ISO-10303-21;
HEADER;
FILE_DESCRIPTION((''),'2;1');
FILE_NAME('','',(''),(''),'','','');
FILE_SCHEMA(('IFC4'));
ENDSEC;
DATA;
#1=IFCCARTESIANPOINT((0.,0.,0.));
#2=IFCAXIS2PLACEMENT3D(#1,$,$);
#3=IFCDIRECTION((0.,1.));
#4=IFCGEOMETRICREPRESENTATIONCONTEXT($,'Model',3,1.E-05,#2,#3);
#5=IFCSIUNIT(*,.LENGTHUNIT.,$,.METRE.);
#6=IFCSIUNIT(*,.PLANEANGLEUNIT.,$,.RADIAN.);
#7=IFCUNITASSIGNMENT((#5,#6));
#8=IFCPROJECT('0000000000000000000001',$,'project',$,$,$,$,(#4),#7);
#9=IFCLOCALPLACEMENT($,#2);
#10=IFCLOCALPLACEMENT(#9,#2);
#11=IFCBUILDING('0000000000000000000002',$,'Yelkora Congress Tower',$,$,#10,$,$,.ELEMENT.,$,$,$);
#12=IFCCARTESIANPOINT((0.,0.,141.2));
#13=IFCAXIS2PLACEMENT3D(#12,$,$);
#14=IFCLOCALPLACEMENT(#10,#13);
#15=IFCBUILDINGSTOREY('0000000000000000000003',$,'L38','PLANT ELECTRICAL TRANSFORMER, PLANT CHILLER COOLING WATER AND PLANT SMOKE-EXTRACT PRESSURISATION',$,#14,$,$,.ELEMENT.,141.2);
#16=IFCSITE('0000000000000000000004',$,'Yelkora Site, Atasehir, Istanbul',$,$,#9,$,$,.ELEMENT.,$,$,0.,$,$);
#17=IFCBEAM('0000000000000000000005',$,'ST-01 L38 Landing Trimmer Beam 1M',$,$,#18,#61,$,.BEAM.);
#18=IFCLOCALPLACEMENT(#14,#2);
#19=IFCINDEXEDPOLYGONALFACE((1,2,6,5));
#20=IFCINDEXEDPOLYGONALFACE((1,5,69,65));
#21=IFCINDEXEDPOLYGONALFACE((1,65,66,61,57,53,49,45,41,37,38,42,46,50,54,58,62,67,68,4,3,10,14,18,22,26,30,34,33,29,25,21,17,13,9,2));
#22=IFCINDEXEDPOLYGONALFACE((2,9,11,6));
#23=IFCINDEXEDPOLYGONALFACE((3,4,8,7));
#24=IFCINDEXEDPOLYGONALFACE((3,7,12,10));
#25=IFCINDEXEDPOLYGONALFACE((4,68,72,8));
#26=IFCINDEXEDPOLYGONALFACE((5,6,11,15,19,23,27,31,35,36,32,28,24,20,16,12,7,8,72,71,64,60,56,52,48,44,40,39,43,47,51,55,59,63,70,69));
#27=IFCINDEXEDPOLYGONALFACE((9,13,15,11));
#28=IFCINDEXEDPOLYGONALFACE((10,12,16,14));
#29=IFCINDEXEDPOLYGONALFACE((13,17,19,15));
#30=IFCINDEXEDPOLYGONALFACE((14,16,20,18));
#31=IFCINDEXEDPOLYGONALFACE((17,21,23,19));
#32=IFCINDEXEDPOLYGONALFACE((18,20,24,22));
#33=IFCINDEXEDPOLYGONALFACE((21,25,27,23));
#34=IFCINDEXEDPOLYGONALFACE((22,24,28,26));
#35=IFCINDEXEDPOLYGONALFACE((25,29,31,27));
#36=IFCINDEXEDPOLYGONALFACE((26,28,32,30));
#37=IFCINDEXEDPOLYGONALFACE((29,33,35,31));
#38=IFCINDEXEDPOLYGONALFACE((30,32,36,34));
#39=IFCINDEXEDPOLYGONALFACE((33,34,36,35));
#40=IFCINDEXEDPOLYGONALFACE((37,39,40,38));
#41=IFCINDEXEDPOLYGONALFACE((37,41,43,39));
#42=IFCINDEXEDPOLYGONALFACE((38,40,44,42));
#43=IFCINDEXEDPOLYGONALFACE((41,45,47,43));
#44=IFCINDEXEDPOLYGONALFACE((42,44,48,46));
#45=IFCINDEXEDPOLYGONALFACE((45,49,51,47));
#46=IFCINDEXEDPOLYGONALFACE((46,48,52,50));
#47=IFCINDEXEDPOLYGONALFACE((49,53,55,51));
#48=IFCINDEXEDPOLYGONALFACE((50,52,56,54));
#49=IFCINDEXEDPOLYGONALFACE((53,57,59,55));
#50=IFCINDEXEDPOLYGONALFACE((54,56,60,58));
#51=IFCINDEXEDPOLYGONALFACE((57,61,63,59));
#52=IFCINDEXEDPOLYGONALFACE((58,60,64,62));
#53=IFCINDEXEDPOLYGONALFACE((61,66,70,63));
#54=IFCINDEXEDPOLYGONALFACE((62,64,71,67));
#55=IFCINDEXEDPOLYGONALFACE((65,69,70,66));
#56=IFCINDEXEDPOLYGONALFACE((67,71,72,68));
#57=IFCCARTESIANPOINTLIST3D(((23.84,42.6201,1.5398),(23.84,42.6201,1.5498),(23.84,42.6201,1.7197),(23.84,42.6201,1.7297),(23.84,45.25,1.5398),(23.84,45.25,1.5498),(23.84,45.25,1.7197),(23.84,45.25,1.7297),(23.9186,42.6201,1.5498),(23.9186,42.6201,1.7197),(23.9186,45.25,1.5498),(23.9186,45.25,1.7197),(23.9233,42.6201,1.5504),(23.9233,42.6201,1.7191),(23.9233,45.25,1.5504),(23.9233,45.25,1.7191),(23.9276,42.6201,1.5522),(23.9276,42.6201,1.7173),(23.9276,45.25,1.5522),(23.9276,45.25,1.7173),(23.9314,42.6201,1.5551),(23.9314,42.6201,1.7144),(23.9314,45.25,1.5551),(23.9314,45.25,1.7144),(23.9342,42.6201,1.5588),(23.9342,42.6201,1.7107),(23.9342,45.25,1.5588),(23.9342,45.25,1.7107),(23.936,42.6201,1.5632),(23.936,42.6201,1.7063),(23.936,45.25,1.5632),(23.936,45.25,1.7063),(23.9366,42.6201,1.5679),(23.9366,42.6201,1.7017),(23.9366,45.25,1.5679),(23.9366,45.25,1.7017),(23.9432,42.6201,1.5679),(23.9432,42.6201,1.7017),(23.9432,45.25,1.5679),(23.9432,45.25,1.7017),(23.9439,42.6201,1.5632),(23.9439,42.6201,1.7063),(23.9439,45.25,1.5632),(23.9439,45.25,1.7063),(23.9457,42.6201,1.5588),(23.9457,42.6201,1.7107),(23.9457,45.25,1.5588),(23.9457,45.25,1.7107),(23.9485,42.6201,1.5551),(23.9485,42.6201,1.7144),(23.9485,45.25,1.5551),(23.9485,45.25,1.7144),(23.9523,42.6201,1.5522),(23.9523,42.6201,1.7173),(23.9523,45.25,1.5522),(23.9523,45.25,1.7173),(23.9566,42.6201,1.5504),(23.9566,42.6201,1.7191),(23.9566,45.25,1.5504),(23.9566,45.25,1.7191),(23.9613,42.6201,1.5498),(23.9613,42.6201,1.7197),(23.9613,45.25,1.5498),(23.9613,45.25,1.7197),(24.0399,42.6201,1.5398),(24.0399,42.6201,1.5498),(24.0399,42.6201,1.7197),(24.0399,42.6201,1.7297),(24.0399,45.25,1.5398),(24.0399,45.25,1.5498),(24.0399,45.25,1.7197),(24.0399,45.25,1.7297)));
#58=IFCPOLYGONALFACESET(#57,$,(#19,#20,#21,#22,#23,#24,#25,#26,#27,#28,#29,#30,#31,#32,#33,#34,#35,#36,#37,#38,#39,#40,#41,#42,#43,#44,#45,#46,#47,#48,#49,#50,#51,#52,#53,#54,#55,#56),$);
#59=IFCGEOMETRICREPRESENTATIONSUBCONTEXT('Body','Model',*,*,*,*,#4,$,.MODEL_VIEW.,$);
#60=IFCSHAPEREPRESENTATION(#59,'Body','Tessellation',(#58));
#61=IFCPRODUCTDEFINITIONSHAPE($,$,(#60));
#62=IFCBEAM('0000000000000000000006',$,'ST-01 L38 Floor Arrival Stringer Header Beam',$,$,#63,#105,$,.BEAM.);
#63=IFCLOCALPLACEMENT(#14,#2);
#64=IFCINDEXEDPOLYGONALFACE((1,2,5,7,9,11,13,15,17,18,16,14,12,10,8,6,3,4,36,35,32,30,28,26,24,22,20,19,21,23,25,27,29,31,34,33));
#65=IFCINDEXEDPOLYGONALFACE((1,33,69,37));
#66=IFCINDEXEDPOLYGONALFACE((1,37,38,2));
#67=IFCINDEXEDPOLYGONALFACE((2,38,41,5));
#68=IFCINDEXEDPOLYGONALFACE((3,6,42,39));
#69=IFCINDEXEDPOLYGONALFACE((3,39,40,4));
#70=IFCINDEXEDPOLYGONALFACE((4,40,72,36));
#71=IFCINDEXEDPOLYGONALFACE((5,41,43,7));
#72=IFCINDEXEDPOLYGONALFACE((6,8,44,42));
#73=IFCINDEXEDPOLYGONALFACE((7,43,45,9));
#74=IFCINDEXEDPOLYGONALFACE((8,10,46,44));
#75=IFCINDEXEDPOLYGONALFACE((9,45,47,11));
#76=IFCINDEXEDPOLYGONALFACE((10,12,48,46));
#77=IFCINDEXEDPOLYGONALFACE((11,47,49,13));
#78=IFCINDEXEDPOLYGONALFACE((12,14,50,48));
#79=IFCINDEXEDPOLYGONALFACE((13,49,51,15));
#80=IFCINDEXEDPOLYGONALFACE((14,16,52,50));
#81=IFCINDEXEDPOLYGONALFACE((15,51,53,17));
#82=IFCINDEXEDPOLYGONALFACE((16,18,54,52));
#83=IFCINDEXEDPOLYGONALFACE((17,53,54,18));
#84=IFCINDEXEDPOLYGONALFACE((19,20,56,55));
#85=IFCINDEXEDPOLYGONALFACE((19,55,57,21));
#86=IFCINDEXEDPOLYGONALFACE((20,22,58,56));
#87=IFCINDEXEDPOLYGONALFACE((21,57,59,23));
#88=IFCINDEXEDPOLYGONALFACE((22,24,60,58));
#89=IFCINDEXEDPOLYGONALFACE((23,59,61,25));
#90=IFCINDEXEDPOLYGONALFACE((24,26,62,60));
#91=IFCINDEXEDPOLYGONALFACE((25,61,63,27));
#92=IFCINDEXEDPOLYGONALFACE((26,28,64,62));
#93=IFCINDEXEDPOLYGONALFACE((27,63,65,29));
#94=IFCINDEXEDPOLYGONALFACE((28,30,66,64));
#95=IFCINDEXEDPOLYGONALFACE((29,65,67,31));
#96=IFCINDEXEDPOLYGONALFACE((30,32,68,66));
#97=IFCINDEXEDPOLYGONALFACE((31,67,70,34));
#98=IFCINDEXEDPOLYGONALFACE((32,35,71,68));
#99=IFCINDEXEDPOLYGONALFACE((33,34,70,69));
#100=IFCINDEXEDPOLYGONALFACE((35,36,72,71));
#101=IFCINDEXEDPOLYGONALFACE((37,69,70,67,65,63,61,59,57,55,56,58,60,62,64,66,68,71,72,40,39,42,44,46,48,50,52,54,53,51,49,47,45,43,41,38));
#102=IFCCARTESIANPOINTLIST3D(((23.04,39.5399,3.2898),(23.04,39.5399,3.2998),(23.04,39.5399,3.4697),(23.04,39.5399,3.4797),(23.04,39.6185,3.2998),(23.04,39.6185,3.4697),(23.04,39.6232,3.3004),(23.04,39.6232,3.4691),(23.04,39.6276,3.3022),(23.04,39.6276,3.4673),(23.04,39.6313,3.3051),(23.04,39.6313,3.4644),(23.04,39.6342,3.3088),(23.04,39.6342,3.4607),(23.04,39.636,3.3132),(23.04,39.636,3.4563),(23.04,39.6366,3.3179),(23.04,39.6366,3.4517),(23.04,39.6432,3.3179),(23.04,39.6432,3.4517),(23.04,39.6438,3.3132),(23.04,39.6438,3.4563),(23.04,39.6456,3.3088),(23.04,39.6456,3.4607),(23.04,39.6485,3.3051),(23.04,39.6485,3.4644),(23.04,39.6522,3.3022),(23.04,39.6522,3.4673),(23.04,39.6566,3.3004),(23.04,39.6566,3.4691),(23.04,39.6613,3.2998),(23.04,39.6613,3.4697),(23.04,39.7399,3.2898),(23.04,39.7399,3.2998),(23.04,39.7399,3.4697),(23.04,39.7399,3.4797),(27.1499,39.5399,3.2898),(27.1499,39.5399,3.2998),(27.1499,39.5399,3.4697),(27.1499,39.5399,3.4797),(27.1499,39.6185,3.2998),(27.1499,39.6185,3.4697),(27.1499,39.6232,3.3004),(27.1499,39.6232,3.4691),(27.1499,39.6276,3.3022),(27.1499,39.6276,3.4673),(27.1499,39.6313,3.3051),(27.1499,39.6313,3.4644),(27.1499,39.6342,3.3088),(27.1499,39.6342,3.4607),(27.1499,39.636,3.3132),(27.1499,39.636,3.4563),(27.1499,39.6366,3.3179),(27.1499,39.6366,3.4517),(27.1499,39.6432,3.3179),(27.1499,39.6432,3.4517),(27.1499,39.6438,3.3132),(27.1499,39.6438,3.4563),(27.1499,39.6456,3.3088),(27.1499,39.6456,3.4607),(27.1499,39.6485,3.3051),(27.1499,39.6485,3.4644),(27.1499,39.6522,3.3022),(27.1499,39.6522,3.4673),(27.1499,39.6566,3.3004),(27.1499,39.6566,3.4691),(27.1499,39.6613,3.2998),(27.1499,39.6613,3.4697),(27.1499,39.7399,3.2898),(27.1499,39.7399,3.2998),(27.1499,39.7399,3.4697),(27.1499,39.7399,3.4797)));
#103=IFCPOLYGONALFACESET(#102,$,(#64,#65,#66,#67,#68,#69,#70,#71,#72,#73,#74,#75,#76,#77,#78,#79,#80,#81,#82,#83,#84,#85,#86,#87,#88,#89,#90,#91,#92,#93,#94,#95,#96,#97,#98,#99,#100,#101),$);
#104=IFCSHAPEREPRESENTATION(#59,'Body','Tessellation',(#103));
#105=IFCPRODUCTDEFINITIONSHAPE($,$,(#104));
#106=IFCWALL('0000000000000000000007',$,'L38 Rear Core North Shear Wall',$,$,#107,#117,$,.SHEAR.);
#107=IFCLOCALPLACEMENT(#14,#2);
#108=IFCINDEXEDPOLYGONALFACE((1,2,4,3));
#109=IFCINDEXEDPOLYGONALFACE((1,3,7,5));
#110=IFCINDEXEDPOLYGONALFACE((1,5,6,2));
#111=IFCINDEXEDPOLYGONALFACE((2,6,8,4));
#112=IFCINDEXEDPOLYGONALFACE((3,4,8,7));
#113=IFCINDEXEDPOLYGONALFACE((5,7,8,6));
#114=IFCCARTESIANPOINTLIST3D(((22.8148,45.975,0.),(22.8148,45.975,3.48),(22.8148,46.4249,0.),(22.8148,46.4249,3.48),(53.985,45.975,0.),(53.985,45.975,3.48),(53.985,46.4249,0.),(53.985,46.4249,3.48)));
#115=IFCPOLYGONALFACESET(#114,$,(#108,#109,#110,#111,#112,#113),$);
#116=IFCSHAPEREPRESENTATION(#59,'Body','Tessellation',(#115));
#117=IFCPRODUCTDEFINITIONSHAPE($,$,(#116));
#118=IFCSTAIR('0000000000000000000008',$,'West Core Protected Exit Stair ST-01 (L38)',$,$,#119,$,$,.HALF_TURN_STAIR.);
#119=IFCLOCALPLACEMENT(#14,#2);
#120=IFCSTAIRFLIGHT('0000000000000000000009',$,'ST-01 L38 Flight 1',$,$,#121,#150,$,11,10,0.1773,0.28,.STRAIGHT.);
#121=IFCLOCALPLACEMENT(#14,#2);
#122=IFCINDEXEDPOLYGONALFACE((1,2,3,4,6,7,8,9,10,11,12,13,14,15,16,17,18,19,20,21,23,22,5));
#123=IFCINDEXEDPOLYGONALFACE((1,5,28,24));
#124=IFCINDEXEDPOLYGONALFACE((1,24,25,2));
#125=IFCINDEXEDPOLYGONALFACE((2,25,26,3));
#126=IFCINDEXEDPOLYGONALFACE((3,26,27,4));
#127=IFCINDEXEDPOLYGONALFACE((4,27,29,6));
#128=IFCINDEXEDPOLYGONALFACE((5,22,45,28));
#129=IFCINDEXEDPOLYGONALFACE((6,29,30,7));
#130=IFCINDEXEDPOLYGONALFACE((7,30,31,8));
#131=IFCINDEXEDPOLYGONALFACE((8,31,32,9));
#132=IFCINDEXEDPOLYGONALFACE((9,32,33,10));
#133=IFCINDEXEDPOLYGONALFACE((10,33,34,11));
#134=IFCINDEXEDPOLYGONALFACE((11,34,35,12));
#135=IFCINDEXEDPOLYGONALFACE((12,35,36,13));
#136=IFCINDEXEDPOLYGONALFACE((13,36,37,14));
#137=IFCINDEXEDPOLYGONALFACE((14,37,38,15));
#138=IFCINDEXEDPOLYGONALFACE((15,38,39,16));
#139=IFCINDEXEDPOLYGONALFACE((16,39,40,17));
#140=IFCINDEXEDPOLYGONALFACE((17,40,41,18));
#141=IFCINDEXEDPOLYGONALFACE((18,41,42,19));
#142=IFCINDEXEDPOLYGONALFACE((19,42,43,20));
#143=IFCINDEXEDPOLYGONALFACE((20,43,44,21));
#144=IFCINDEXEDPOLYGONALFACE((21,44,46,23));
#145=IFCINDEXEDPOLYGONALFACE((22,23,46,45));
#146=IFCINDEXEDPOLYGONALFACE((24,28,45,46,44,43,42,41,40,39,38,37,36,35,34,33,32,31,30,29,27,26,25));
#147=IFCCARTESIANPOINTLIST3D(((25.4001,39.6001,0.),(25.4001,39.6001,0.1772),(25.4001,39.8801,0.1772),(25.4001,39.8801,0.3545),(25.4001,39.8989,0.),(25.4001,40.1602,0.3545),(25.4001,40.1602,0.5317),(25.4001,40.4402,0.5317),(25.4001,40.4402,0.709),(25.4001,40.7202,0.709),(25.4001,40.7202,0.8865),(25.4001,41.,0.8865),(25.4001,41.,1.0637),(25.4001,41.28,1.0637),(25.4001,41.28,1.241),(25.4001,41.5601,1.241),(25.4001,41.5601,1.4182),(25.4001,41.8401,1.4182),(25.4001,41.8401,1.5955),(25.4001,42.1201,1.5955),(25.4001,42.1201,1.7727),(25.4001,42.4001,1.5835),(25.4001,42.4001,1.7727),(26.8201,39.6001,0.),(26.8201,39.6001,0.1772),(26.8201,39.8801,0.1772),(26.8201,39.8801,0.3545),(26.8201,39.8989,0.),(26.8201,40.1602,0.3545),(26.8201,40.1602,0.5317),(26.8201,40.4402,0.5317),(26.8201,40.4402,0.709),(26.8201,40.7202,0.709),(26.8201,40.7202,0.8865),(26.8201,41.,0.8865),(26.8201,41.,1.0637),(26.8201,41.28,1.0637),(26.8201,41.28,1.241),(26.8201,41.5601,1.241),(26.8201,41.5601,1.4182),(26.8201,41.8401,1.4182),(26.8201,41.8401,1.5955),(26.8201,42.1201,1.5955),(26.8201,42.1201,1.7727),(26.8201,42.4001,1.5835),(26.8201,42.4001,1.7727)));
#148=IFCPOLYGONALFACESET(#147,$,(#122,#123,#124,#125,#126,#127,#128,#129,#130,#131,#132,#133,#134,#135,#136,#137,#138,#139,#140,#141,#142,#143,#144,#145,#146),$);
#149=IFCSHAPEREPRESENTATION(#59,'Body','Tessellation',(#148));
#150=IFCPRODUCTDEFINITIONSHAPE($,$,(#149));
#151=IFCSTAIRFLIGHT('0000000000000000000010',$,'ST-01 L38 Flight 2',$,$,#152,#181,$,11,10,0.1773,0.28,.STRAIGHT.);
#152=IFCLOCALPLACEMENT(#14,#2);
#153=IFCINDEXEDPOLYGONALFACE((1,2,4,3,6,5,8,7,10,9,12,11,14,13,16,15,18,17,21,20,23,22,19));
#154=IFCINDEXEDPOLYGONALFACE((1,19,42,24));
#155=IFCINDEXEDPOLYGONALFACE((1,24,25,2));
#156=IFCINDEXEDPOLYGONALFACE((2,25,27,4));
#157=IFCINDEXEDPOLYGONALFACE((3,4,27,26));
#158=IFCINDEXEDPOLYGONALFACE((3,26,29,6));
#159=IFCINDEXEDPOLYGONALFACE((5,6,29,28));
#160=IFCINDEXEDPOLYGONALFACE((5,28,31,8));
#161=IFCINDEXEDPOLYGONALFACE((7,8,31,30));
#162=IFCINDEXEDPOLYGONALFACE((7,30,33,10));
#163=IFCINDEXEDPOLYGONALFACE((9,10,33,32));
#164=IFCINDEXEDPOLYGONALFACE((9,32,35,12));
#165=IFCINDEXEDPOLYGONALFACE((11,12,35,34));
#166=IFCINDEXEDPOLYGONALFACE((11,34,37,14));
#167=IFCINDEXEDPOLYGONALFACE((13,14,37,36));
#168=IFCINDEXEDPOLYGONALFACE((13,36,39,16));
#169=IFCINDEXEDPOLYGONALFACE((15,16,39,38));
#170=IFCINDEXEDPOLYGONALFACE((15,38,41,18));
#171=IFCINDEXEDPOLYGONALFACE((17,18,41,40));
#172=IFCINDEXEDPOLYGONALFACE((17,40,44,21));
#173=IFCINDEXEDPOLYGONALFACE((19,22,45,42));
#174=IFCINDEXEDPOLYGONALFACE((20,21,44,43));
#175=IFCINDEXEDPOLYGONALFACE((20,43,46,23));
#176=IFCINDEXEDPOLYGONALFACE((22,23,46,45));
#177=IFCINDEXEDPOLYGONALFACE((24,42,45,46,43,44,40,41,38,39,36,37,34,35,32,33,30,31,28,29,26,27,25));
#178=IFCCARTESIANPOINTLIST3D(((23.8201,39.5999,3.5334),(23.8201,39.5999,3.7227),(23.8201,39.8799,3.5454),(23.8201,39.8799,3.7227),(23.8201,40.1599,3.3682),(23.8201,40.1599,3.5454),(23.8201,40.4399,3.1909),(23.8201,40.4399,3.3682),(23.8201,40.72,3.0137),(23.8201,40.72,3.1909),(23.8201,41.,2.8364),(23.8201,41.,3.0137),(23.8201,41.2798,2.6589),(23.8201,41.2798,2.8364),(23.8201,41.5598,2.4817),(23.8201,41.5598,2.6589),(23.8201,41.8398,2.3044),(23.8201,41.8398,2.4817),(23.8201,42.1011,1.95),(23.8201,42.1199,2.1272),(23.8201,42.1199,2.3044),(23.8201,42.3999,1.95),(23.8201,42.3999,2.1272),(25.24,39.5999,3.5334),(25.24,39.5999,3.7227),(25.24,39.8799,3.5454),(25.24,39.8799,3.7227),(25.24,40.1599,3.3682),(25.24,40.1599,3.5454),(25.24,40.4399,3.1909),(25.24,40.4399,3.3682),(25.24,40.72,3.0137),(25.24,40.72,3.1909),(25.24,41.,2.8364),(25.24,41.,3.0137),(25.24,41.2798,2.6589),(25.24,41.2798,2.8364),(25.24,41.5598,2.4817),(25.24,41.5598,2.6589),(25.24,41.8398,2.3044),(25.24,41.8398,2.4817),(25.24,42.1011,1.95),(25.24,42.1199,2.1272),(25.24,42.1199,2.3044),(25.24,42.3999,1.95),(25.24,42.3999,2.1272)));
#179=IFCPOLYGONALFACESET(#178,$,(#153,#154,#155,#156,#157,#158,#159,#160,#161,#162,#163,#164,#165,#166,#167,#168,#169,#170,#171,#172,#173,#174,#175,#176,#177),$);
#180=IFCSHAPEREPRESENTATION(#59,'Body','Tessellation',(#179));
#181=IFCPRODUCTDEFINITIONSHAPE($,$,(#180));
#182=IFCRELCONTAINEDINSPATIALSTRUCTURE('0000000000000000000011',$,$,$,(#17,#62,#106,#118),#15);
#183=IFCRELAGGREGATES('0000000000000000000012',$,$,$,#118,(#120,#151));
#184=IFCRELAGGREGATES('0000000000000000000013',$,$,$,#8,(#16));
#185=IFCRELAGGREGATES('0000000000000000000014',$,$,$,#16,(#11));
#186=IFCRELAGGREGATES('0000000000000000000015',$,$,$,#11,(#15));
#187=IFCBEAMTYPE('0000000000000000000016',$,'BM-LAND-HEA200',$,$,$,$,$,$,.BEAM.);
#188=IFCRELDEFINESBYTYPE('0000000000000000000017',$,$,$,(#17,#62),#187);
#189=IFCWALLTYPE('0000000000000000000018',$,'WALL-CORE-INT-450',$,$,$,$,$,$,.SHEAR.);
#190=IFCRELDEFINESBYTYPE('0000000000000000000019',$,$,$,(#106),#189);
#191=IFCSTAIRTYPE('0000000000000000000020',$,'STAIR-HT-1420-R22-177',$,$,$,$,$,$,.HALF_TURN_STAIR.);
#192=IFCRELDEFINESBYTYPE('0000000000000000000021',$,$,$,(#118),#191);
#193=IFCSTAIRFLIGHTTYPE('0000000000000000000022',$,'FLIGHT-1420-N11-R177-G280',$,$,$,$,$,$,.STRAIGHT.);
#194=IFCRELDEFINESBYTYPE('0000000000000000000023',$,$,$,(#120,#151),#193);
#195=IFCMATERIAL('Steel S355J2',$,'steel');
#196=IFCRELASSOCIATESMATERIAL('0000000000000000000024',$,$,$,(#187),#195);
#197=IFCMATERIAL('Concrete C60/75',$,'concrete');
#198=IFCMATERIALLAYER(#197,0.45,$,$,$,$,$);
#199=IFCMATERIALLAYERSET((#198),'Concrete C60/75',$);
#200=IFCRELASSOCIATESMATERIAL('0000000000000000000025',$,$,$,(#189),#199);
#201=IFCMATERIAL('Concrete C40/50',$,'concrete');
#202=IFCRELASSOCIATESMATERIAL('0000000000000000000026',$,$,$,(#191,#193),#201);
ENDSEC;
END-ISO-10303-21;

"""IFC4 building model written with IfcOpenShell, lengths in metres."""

from ifc_helpers import new_model, si_unit, direction, frame, frame_2d, origin, origin_2d, place, context, subcontext, project, spatial, polyline, rectangle, i_section, outline, extrude, material, layer, layer_set, material_profile, profile_set, type_object, element, aggregate, save


model = new_model("IFC4")

# Units and contexts
model_context = context("Model", 3, precision=1e-05, world=origin(), true_north=direction((0.0, 1.0)))
body_context = subcontext(model_context, "Body", "Model", "MODEL_VIEW")
ifc_project = project(units=[si_unit("LENGTHUNIT", "METRE"), si_unit("PLANEANGLEUNIT", "RADIAN")], contexts=[model_context])

# Site, building, storey
site_placement = place(None, origin())
site = spatial("IfcSite", under=ifc_project, at=site_placement, Name="Yelkora Site, Atasehir, Istanbul", CompositionType="ELEMENT", RefElevation=0.0)
building_placement = place(site_placement, origin())
building = spatial("IfcBuilding", under=site, at=building_placement, Name="Yelkora Congress Tower", CompositionType="ELEMENT")
storey_placement = place(building_placement, frame((0.0, 0.0, 141.2)))
storey = spatial("IfcBuildingStorey", under=building, at=storey_placement, Name="L38", Description="PLANT ELECTRICAL TRANSFORMER, PLANT CHILLER COOLING WATER AND PLANT SMOKE-EXTRACT PRESSURISATION", CompositionType="ELEMENT", Elevation=141.2)

# Beams
ifc_material_1 = material(Name="Steel S355J2", Category="steel")
ifc_material_profile_1 = material_profile(ifc_material_1, i_section(OverallWidth=0.2, OverallDepth=0.1899, WebThickness=0.0066, FlangeThickness=0.01, FilletRadius=0.0181, at=origin_2d()), Name="HEA 200")
ifc_profile_set_1 = profile_set([ifc_material_profile_1], Name="Steel S355J2")
beam_type = type_object("IfcBeamType", Name="BM-LAND-HEA200", PredefinedType="BEAM", material=ifc_profile_set_1)
beam_1_placement = place(storey_placement, frame((23.9399, 42.6201, 1.6348), z_axis=(0.0, 1.0, 0.0), x_axis=(-1.0, 0.0, 0.0)))
element("IfcBeam", 1, at=beam_1_placement, inside=storey, type_object=beam_type, Name="ST-01 L38 Landing Trimmer Beam 1M", PredefinedType="BEAM", context=body_context, shape_type="SweptSolid", body=[
    extrude(i_section(OverallWidth=0.2, OverallDepth=0.1899, WebThickness=0.0066, FlangeThickness=0.01, FilletRadius=0.0181, at=origin_2d()), origin(), (0.0, 0.0, 1.0), 2.6299),
])
beam_2_placement = place(storey_placement, frame((23.04, 39.6399, 3.3848), z_axis=(1.0, 0.0, 0.0), x_axis=(0.0, 1.0, 0.0)))
element("IfcBeam", 2, at=beam_2_placement, inside=storey, type_object=beam_type, Name="ST-01 L38 Floor Arrival Stringer Header Beam", PredefinedType="BEAM", context=body_context, shape_type="SweptSolid", body=[
    extrude(i_section(OverallWidth=0.2, OverallDepth=0.1899, WebThickness=0.0066, FlangeThickness=0.01, FilletRadius=0.0181, at=origin_2d()), origin(), (0.0, 0.0, 1.0), 4.1099),
])

# Wall
ifc_material_2 = material(Name="Concrete C60/75", Category="concrete")
ifc_layer_1 = layer(ifc_material_2, 0.45)
ifc_layer_set_1 = layer_set([ifc_layer_1], Name="Concrete C60/75")
wall_type_1 = type_object("IfcWallType", Name="WALL-CORE-INT-450", PredefinedType="SHEAR", material=ifc_layer_set_1)
wall_1_placement = place(storey_placement, frame((22.8149, 46.2, 0.0), z_axis=(0.0, 0.0, 1.0), x_axis=(1.0, 0.0, 0.0)))
element("IfcWall", 3, at=wall_1_placement, inside=storey, type_object=wall_type_1, Name="L38 Rear Core North Shear Wall", PredefinedType="SHEAR", context=body_context, shape_type="SweptSolid", body=[
    extrude(rectangle(XDim=31.1702, YDim=0.45, at=frame_2d((15.585, 0.0))), origin(), (0.0, 0.0, 1.0), 3.48),
])

# Stair, stair flights
ifc_material_3 = material(Name="Concrete C40/50", Category="concrete")
stair_type = type_object("IfcStairType", Name="STAIR-HT-1420-R22-177", PredefinedType="HALF_TURN_STAIR", material=ifc_material_3)
stair_placement = place(storey_placement, origin())
stair = element("IfcStair", 4, at=stair_placement, inside=storey, type_object=stair_type, Name="West Core Protected Exit Stair ST-01 (L38)", PredefinedType="HALF_TURN_STAIR")
stair_flight_type = type_object("IfcStairFlightType", Name="FLIGHT-1420-N11-R177-G280", PredefinedType="STRAIGHT", material=ifc_material_3)
stair_flight_1_placement = place(storey_placement, frame((26.1101, 39.6001, 0.0), z_axis=(0.0, 0.0, 1.0), x_axis=(0.0, 1.0, 0.0)))
stair_flight_1 = element("IfcStairFlight", 5, at=stair_flight_1_placement, type_object=stair_flight_type, Name="ST-01 L38 Flight 1", NumberOfRisers=11, NumberOfTreads=10, PredefinedType="STRAIGHT", RiserHeight=0.1773, TreadLength=0.28, context=body_context, shape_type="SweptSolid", body=[
    extrude(outline(polyline([(0.0, 0.0), (0.0, 0.1772), (0.28, 0.1772), (0.28, 0.3545), (0.5601, 0.3545), (0.5601, 0.5317), (0.8401, 0.5317), (0.8401, 0.709), (1.1201, 0.709), (1.1201, 0.8865), (1.3999, 0.8865), (1.3999, 1.0637), (1.6799, 1.0637), (1.6799, 1.241), (1.96, 1.241), (1.96, 1.4182), (2.24, 1.4182), (2.24, 1.5955), (2.52, 1.5955), (2.52, 1.7727), (2.8, 1.7727), (2.8, 1.95), (2.8, 1.5835), (0.2988, 0.0), (0.0, 0.0)])), frame((0.0, 0.71, 0.0), z_axis=(0.0, -1.0, 0.0), x_axis=(1.0, 0.0, 0.0)), (0.0, 0.0, 1.0), 1.4199),
])
stair_flight_2_placement = place(storey_placement, frame((24.53, 42.3999, 1.95), z_axis=(0.0, 0.0, 1.0), x_axis=(0.0, -1.0, 0.0)))
stair_flight_2 = element("IfcStairFlight", 6, at=stair_flight_2_placement, type_object=stair_flight_type, Name="ST-01 L38 Flight 2", NumberOfRisers=11, NumberOfTreads=10, PredefinedType="STRAIGHT", RiserHeight=0.1773, TreadLength=0.28, context=body_context, shape_type="SweptSolid", body=[
    extrude(outline(polyline([(0.0, 0.0), (0.0, 0.1772), (0.28, 0.1772), (0.28, 0.3545), (0.5601, 0.3545), (0.5601, 0.5317), (0.8401, 0.5317), (0.8401, 0.709), (1.1201, 0.709), (1.1201, 0.8865), (1.3999, 0.8865), (1.3999, 1.0637), (1.6799, 1.0637), (1.6799, 1.241), (1.96, 1.241), (1.96, 1.4182), (2.24, 1.4182), (2.24, 1.5955), (2.52, 1.5955), (2.52, 1.7727), (2.8, 1.7727), (2.8, 1.95), (2.8, 1.5835), (0.2988, 0.0), (0.0, 0.0)])), frame((0.0, 0.71, 0.0), z_axis=(0.0, -1.0, 0.0), x_axis=(1.0, 0.0, 0.0)), (0.0, 0.0, 1.0), 1.4199),
])
aggregate(stair, [stair_flight_1, stair_flight_2])

save(model, "model.ifc")
